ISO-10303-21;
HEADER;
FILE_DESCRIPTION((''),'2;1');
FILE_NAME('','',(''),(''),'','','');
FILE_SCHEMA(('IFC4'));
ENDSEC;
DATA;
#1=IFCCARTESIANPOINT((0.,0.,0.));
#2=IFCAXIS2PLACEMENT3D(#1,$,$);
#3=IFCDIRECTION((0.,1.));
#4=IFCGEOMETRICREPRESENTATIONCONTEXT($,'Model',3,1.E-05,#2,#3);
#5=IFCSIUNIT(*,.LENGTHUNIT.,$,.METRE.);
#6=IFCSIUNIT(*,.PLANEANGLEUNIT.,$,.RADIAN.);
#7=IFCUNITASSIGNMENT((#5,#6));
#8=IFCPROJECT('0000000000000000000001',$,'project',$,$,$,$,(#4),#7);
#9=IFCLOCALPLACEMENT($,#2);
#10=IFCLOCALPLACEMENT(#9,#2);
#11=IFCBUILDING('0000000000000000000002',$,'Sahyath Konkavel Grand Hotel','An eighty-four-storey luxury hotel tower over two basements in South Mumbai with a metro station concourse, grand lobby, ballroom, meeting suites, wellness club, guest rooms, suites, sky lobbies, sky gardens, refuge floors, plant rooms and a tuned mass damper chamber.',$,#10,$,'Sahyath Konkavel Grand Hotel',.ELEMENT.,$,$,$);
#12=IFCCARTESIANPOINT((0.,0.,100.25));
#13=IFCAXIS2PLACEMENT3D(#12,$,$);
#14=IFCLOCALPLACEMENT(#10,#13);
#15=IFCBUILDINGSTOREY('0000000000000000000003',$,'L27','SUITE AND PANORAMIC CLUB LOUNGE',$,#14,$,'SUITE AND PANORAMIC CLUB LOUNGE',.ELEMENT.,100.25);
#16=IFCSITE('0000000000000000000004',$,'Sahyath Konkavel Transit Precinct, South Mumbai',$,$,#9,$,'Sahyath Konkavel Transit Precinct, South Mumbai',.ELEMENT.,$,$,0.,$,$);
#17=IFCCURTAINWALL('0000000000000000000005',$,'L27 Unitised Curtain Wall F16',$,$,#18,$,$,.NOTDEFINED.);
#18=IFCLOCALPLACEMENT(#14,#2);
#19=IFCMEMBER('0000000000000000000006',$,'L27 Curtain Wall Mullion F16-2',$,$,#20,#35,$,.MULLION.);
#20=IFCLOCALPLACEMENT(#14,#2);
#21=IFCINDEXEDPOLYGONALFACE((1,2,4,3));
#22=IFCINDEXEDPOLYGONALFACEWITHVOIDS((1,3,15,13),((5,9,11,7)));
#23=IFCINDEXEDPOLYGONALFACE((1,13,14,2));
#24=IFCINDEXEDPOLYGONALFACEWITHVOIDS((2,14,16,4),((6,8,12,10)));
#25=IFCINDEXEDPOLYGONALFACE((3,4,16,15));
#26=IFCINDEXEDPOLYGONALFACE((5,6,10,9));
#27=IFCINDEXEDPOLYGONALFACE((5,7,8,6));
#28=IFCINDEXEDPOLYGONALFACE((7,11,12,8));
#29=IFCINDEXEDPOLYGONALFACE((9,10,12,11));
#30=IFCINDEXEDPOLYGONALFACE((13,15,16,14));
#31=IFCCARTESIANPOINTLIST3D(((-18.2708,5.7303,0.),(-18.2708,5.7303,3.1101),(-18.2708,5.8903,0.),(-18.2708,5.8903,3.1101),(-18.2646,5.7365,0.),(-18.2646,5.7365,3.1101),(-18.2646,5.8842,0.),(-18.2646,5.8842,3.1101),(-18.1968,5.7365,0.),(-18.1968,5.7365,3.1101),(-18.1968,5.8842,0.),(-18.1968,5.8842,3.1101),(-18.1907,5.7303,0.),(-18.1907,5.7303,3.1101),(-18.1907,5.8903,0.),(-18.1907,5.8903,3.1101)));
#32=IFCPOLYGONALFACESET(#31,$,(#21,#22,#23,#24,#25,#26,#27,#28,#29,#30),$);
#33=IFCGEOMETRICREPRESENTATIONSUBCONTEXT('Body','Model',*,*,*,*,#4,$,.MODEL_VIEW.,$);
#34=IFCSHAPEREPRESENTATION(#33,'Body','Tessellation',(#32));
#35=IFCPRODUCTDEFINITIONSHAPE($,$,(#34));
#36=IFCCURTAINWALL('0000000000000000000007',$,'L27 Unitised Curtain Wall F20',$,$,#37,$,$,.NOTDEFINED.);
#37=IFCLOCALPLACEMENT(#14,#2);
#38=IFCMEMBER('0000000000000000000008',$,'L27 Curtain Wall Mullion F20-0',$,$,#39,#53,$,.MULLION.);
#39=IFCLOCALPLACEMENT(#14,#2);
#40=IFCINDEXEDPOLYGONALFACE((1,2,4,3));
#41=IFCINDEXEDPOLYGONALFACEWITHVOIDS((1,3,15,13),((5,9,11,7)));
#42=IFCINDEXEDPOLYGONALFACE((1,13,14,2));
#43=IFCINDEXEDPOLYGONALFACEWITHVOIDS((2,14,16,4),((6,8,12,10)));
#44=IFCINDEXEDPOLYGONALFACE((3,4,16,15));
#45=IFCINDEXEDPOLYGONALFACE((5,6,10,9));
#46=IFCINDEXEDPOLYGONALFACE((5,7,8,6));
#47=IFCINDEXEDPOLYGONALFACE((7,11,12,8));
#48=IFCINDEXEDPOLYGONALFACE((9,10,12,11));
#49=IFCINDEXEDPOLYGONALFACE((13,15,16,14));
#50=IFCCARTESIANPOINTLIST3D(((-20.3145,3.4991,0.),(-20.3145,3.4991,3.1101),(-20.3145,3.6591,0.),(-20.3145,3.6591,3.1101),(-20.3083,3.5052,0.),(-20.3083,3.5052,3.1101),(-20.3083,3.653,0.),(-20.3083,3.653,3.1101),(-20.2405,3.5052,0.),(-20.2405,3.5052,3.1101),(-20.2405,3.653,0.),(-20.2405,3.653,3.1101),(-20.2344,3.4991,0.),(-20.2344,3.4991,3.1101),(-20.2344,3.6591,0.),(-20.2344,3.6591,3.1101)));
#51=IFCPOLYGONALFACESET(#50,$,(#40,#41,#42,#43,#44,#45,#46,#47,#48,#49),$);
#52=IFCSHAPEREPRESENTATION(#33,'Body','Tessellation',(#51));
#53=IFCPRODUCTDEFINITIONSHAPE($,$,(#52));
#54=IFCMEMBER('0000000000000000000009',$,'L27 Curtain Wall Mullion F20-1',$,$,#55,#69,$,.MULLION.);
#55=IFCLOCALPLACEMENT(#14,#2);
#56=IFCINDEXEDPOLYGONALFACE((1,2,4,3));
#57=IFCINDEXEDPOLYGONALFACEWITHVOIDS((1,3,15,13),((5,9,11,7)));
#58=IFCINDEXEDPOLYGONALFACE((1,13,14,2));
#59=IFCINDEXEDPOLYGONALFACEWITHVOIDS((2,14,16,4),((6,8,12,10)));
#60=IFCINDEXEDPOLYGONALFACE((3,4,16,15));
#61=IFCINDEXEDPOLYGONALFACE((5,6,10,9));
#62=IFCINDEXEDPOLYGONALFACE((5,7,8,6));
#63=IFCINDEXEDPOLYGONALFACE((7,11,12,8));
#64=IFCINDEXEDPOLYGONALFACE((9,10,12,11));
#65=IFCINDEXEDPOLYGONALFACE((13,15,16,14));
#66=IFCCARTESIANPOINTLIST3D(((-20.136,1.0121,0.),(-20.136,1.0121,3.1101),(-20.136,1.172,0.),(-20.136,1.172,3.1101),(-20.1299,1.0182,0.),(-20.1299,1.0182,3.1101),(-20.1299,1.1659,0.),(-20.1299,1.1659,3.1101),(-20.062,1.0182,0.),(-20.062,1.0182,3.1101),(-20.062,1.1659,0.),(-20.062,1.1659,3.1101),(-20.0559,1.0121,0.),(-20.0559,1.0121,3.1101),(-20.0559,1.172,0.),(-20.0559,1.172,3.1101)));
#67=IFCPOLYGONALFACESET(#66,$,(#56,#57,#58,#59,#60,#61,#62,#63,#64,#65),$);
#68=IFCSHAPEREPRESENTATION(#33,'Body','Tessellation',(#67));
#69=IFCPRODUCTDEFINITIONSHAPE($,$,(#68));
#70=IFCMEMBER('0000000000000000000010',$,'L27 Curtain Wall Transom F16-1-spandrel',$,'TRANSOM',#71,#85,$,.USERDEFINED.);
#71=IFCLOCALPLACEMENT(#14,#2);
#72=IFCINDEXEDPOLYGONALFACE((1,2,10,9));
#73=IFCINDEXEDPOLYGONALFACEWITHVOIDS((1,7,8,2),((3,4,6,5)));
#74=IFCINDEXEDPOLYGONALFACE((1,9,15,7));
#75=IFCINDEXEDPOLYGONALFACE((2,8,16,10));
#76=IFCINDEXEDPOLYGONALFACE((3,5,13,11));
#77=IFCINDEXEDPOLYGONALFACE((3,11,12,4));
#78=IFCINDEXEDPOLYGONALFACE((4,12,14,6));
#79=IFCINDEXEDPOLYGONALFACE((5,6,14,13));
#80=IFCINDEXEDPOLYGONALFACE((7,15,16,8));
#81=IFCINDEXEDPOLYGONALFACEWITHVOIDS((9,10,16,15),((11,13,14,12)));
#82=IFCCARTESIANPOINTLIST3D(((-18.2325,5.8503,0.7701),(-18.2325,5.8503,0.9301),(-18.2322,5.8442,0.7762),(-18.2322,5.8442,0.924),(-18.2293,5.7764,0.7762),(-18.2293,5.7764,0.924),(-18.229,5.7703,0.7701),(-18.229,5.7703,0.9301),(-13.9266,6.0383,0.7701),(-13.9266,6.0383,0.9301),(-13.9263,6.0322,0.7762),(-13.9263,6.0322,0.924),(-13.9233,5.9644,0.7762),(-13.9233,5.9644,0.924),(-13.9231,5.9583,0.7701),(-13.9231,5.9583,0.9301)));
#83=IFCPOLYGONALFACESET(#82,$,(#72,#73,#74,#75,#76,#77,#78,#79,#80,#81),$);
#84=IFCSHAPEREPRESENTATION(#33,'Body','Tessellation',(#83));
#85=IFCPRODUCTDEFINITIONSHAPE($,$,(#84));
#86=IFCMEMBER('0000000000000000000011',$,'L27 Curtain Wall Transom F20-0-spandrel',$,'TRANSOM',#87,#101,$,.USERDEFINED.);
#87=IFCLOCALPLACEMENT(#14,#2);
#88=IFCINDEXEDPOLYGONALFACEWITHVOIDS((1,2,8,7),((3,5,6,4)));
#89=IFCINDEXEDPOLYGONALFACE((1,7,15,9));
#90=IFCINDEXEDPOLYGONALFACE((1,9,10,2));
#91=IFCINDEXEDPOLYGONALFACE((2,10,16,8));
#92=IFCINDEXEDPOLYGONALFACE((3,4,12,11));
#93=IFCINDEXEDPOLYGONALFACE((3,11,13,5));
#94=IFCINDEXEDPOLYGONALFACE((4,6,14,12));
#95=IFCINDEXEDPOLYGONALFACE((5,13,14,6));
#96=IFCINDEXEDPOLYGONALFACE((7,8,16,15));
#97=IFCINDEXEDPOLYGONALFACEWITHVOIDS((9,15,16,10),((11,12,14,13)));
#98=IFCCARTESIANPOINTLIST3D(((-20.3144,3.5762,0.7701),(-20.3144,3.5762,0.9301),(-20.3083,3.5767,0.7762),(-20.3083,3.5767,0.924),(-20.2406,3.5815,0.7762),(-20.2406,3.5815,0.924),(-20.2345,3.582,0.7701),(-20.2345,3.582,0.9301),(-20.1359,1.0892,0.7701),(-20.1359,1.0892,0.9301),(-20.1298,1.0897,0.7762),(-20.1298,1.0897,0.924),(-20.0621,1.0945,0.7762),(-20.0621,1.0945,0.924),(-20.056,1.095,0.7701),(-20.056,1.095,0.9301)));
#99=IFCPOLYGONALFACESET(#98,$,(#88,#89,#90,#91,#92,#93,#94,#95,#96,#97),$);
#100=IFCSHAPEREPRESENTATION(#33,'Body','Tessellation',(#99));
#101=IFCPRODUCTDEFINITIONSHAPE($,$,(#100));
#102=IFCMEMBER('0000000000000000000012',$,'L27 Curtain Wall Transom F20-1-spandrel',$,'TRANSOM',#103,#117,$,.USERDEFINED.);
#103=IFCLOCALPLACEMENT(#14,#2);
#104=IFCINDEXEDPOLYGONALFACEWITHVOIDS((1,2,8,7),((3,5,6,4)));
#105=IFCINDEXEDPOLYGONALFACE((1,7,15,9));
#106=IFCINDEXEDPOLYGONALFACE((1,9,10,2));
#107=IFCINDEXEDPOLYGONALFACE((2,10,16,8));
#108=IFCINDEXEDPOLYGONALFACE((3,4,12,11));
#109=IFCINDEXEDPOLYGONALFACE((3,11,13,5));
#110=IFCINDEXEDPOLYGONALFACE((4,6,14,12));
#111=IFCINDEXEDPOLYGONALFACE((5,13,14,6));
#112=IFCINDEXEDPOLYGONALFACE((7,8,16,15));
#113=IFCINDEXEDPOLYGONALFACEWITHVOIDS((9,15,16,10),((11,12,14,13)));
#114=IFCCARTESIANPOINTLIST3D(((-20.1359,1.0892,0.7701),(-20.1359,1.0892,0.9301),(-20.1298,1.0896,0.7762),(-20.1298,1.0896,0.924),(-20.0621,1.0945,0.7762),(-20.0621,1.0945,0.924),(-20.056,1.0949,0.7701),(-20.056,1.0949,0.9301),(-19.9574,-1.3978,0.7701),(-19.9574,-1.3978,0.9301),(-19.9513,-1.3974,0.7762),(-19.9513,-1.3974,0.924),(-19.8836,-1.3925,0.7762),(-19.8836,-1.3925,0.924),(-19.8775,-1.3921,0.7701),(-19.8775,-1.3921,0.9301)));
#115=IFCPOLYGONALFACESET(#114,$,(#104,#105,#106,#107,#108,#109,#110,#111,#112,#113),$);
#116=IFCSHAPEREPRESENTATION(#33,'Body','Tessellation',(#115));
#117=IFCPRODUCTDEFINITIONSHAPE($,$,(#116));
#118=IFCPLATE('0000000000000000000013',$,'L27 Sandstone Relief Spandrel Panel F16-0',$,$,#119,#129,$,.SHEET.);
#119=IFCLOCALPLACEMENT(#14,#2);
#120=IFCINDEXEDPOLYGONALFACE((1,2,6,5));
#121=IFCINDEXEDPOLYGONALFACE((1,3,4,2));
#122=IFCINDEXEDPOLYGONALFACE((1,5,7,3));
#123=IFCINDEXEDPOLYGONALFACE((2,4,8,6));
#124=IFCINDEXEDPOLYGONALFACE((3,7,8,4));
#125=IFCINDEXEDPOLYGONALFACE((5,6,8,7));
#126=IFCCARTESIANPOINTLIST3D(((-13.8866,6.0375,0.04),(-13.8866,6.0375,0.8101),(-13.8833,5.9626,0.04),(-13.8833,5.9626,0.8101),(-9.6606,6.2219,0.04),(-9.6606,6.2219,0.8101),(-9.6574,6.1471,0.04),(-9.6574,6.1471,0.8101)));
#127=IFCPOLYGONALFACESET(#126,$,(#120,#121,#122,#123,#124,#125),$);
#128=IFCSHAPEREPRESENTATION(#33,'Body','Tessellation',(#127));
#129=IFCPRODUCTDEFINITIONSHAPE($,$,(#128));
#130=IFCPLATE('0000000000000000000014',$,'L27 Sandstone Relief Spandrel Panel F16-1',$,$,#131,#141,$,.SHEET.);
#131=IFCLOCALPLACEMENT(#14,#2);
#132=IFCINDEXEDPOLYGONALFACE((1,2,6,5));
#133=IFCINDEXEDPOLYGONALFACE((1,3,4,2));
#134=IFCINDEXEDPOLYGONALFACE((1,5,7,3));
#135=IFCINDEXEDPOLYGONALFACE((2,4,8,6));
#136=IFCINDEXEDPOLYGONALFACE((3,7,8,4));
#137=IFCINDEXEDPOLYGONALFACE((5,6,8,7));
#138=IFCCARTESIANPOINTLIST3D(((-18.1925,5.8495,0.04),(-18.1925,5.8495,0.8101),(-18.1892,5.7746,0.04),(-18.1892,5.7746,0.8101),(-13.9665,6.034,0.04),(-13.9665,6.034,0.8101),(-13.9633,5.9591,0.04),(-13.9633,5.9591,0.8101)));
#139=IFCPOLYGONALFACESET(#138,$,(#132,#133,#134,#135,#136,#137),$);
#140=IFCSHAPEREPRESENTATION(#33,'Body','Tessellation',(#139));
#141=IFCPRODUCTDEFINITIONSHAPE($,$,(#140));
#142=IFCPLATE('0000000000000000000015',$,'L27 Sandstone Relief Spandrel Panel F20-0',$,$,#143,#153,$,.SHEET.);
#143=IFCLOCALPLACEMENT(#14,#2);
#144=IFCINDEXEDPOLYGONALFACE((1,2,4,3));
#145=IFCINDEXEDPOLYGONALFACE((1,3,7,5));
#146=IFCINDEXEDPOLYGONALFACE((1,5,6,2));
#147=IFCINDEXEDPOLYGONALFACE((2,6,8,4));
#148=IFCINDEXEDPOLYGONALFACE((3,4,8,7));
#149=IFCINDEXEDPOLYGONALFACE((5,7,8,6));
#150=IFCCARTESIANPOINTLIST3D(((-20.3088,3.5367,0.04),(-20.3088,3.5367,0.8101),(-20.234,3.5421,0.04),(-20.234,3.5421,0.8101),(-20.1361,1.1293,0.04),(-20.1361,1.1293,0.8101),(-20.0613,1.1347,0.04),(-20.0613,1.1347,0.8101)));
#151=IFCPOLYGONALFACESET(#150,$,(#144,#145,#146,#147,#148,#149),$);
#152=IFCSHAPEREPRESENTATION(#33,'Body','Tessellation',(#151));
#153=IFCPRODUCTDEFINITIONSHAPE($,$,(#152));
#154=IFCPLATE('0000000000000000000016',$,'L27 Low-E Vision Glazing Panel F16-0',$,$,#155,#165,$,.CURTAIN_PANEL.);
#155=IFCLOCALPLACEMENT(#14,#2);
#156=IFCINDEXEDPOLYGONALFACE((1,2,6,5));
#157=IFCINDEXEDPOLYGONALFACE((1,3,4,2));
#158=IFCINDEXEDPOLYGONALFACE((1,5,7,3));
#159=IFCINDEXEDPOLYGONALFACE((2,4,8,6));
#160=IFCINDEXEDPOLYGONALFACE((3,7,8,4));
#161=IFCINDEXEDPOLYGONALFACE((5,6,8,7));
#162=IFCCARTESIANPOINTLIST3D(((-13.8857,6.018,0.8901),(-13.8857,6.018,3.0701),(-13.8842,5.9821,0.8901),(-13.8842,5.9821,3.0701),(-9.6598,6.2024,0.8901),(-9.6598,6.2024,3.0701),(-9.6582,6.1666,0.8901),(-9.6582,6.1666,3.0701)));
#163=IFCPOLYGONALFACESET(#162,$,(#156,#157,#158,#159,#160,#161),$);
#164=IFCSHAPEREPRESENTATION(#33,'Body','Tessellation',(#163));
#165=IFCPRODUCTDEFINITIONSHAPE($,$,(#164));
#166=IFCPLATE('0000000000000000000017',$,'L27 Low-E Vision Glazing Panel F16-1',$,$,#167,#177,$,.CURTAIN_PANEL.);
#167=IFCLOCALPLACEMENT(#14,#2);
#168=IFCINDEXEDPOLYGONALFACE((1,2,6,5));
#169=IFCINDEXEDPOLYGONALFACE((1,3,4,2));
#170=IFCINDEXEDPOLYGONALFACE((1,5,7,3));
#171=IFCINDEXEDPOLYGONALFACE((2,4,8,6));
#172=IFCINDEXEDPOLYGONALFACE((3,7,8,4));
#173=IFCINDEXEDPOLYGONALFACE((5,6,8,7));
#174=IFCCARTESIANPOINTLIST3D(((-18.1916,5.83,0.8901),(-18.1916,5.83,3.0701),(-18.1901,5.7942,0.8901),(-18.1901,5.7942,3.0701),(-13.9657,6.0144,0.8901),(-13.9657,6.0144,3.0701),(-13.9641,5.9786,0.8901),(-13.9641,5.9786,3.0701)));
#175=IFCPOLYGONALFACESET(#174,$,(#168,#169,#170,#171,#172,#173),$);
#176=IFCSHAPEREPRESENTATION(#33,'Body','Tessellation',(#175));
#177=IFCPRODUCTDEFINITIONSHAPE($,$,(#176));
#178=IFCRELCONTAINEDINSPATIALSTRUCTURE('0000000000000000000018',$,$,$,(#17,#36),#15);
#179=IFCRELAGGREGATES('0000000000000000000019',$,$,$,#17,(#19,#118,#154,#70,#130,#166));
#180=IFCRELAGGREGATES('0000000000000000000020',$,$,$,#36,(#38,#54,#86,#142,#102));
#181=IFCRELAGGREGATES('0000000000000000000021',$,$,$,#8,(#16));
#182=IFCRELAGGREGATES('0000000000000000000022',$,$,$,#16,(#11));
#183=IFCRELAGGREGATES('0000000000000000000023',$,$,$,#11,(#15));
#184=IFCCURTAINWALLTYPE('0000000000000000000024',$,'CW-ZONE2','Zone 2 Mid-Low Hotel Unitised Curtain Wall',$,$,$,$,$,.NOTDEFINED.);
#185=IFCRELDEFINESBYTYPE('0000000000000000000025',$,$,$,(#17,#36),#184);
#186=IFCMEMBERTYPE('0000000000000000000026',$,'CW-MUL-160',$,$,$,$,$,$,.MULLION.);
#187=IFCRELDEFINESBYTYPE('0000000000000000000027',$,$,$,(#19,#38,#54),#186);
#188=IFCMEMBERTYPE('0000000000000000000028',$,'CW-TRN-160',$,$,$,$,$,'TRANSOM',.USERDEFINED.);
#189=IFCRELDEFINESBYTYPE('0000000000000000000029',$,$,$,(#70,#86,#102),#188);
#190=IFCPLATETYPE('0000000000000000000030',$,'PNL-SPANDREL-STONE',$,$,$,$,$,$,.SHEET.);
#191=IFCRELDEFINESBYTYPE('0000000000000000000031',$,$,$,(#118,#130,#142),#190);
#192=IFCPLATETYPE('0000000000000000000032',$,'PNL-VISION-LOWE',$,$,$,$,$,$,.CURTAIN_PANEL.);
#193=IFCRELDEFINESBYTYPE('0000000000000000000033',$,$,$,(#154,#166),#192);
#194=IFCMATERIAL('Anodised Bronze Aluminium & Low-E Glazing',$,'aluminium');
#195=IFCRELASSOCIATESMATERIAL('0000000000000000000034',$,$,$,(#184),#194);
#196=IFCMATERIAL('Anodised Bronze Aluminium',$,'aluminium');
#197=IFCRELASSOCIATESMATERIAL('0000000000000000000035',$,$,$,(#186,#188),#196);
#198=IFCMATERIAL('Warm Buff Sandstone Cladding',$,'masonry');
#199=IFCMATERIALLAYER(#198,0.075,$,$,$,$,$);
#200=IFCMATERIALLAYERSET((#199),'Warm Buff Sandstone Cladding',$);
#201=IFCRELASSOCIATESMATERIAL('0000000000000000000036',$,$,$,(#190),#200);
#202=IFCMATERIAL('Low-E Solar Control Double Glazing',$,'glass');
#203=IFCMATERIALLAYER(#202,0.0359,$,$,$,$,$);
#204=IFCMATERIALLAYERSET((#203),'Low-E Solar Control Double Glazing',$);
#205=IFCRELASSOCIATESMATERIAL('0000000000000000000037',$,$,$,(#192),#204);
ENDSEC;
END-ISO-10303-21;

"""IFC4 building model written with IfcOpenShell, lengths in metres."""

from ifc_helpers import new_model, si_unit, direction, frame, origin, origin_2d, place, context, subcontext, project, spatial, rectangle, hollow_rectangle, extrude, source, transform, mapped, material, layer, layer_set, material_profile, profile_set, type_object, element, aggregate, save


model = new_model("IFC4")

# Units and contexts
model_context = context("Model", 3, precision=1e-05, world=origin(), true_north=direction((0.0, 1.0)))
body_context = subcontext(model_context, "Body", "Model", "MODEL_VIEW")
ifc_project = project(units=[si_unit("LENGTHUNIT", "METRE"), si_unit("PLANEANGLEUNIT", "RADIAN")], contexts=[model_context])

# Site, building, storey
site_placement = place(None, origin())
site = spatial("IfcSite", under=ifc_project, at=site_placement, Name="Sahyath Konkavel Transit Precinct, South Mumbai", LongName="Sahyath Konkavel Transit Precinct, South Mumbai", CompositionType="ELEMENT", RefElevation=0.0)
building_placement = place(site_placement, origin())
building = spatial("IfcBuilding", under=site, at=building_placement, Name="Sahyath Konkavel Grand Hotel", Description="An eighty-four-storey luxury hotel tower over two basements in South Mumbai with a metro station concourse, grand lobby, ballroom, meeting suites, wellness club, guest rooms, suites, sky lobbies, sky gardens, refuge floors, plant rooms and a tuned mass damper chamber.", LongName="Sahyath Konkavel Grand Hotel", CompositionType="ELEMENT")
storey_placement = place(building_placement, frame((0.0, 0.0, 100.25)))
storey = spatial("IfcBuildingStorey", under=building, at=storey_placement, Name="L27", Description="SUITE AND PANORAMIC CLUB LOUNGE", LongName="SUITE AND PANORAMIC CLUB LOUNGE", CompositionType="ELEMENT", Elevation=100.25)

# Curtain walls, members
ifc_material_1 = material(Name="Anodised Bronze Aluminium & Low-E Glazing", Category="aluminium")
curtain_wall_type = type_object("IfcCurtainWallType", Name="CW-ZONE2", Description="Zone 2 Mid-Low Hotel Unitised Curtain Wall", PredefinedType="NOTDEFINED", material=ifc_material_1)
curtain_wall_1_placement = place(storey_placement, origin())
curtain_wall_1 = element("IfcCurtainWall", 1, at=curtain_wall_1_placement, inside=storey, type_object=curtain_wall_type, Name="L27 Unitised Curtain Wall F16", PredefinedType="NOTDEFINED")
ifc_material_2 = material(Name="Anodised Bronze Aluminium", Category="aluminium")
ifc_material_profile_1 = material_profile(ifc_material_2, hollow_rectangle(XDim=0.0801, YDim=0.1599, WallThickness=0.0061, at=origin_2d()), Name="RHS 160x80x6")
ifc_profile_set_1 = profile_set([ifc_material_profile_1], Name="Anodised Bronze Aluminium")
member_type_1 = type_object("IfcMemberType", Name="CW-MUL-160", PredefinedType="MULLION", material=ifc_profile_set_1)
shared_shape_1 = source(origin(), body_context, "Body", "SweptSolid", [
    extrude(hollow_rectangle(XDim=0.0801, YDim=0.1599, WallThickness=0.0061, at=origin_2d()), origin(), (0.0, 0.0, 1.0), 3.1101),
])
member_1_placement = place(storey_placement, frame((-18.2307, 5.8103, 0.0), z_axis=(0.0, 0.0, 1.0), x_axis=(1.0, 0.0, 0.0)))
member_1 = element("IfcMember", 2, at=member_1_placement, type_object=member_type_1, Name="L27 Curtain Wall Mullion F16-2", PredefinedType="MULLION", context=body_context, shape_type="MappedRepresentation", body=[
    mapped(shared_shape_1, transform((0.0, 0.0, 0.0), scale=1.0)),
])
curtain_wall_2_placement = place(storey_placement, origin())
curtain_wall_2 = element("IfcCurtainWall", 3, at=curtain_wall_2_placement, inside=storey, type_object=curtain_wall_type, Name="L27 Unitised Curtain Wall F20", PredefinedType="NOTDEFINED")
member_2_placement = place(storey_placement, frame((-20.2744, 3.5791, 0.0), z_axis=(0.0, 0.0, 1.0), x_axis=(1.0, 0.0, 0.0)))
member_2 = element("IfcMember", 4, at=member_2_placement, type_object=member_type_1, Name="L27 Curtain Wall Mullion F20-0", PredefinedType="MULLION", context=body_context, shape_type="MappedRepresentation", body=[
    mapped(shared_shape_1, transform((0.0, 0.0, 0.0), scale=1.0)),
])
member_3_placement = place(storey_placement, frame((-20.0959, 1.092, 0.0), z_axis=(0.0, 0.0, 1.0), x_axis=(1.0, 0.0, 0.0)))
member_3 = element("IfcMember", 5, at=member_3_placement, type_object=member_type_1, Name="L27 Curtain Wall Mullion F20-1", PredefinedType="MULLION", context=body_context, shape_type="MappedRepresentation", body=[
    mapped(shared_shape_1, transform((0.0, 0.0, 0.0), scale=1.0)),
])

# Members
ifc_material_profile_2 = material_profile(ifc_material_2, hollow_rectangle(XDim=0.0801, YDim=0.1599, WallThickness=0.0061, at=origin_2d()), Name="RHS 160x80x6")
ifc_profile_set_2 = profile_set([ifc_material_profile_2], Name="Anodised Bronze Aluminium")
member_type_2 = type_object("IfcMemberType", Name="CW-TRN-160", ElementType="TRANSOM", PredefinedType="USERDEFINED", material=ifc_profile_set_2)
shared_shape_2 = source(origin(), body_context, "Body", "SweptSolid", [
    extrude(hollow_rectangle(XDim=0.0801, YDim=0.1599, WallThickness=0.0061, at=origin_2d()), origin(), (0.0, 0.0, 1.0), 4.3101),
])
member_4_placement = place(storey_placement, frame((-13.9248, 5.9983, 0.8501), z_axis=(-0.999048, -0.043617, 0.0), x_axis=(0.043617, -0.999048, 0.0)))
member_4 = element("IfcMember", 6, at=member_4_placement, type_object=member_type_2, Name="L27 Curtain Wall Transom F16-1-spandrel", ObjectType="TRANSOM", PredefinedType="USERDEFINED", context=body_context, shape_type="MappedRepresentation", body=[
    mapped(shared_shape_2, transform((0.0, 0.0, 0.0), scale=1.0)),
])
shared_shape_3 = source(origin(), body_context, "Body", "SweptSolid", [
    extrude(hollow_rectangle(XDim=0.0801, YDim=0.1599, WallThickness=0.0061, at=origin_2d()), origin(), (0.0, 0.0, 1.0), 2.4934),
])
member_5_placement = place(storey_placement, frame((-20.2744, 3.5791, 0.8501), z_axis=(0.071574, -0.997435, 0.0), x_axis=(0.997435, 0.071574, 0.0)))
member_5 = element("IfcMember", 7, at=member_5_placement, type_object=member_type_2, Name="L27 Curtain Wall Transom F20-0-spandrel", ObjectType="TRANSOM", PredefinedType="USERDEFINED", context=body_context, shape_type="MappedRepresentation", body=[
    mapped(shared_shape_3, transform((0.0, 0.0, 0.0), scale=1.0)),
])
member_6_placement = place(storey_placement, frame((-20.0959, 1.092, 0.8501), z_axis=(0.071574, -0.997435, 0.0), x_axis=(0.997435, 0.071574, 0.0)))
member_6 = element("IfcMember", 8, at=member_6_placement, type_object=member_type_2, Name="L27 Curtain Wall Transom F20-1-spandrel", ObjectType="TRANSOM", PredefinedType="USERDEFINED", context=body_context, shape_type="MappedRepresentation", body=[
    mapped(shared_shape_3, transform((0.0, 0.0, 0.0), scale=1.0)),
])

# Plates
ifc_material_3 = material(Name="Warm Buff Sandstone Cladding", Category="masonry")
ifc_layer_1 = layer(ifc_material_3, 0.075)
ifc_layer_set_1 = layer_set([ifc_layer_1], Name="Warm Buff Sandstone Cladding")
plate_type_1 = type_object("IfcPlateType", Name="PNL-SPANDREL-STONE", PredefinedType="SHEET", material=ifc_layer_set_1)
shared_shape_4 = source(origin(), body_context, "Body", "SweptSolid", [
    extrude(rectangle(XDim=4.23, YDim=0.075, at=origin_2d()), origin(), (0.0, 0.0, 1.0), 0.77),
])
plate_1_placement = place(storey_placement, frame((-11.772, 6.0923, 0.04), z_axis=(0.0, 0.0, 1.0), x_axis=(-0.999049, -0.043602, 0.0)))
plate_1 = element("IfcPlate", 9, at=plate_1_placement, type_object=plate_type_1, Name="L27 Sandstone Relief Spandrel Panel F16-0", PredefinedType="SHEET", context=body_context, shape_type="MappedRepresentation", body=[
    mapped(shared_shape_4, transform((0.0, 0.0, 0.0), scale=1.0)),
])
plate_2_placement = place(storey_placement, frame((-16.0779, 5.9043, 0.04), z_axis=(0.0, 0.0, 1.0), x_axis=(-0.999049, -0.043602, 0.0)))
plate_2 = element("IfcPlate", 10, at=plate_2_placement, type_object=plate_type_1, Name="L27 Sandstone Relief Spandrel Panel F16-1", PredefinedType="SHEET", context=body_context, shape_type="MappedRepresentation", body=[
    mapped(shared_shape_4, transform((0.0, 0.0, 0.0), scale=1.0)),
])
shared_shape_5 = source(origin(), body_context, "Body", "SweptSolid", [
    extrude(rectangle(XDim=2.4136, YDim=0.075, at=origin_2d()), origin(), (0.0, 0.0, 1.0), 0.77),
])
plate_3_placement = place(storey_placement, frame((-20.1851, 2.3357, 0.04), z_axis=(0.0, 0.0, 1.0), x_axis=(0.071567, -0.997436, 0.0)))
plate_3 = element("IfcPlate", 11, at=plate_3_placement, type_object=plate_type_1, Name="L27 Sandstone Relief Spandrel Panel F20-0", PredefinedType="SHEET", context=body_context, shape_type="MappedRepresentation", body=[
    mapped(shared_shape_5, transform((0.0, 0.0, 0.0), scale=1.0)),
])
ifc_material_4 = material(Name="Low-E Solar Control Double Glazing", Category="glass")
ifc_layer_2 = layer(ifc_material_4, 0.0359)
ifc_layer_set_2 = layer_set([ifc_layer_2], Name="Low-E Solar Control Double Glazing")
plate_type_2 = type_object("IfcPlateType", Name="PNL-VISION-LOWE", PredefinedType="CURTAIN_PANEL", material=ifc_layer_set_2)
shared_shape_6 = source(origin(), body_context, "Body", "SweptSolid", [
    extrude(rectangle(XDim=4.23, YDim=0.0359, at=origin_2d()), origin(), (0.0, 0.0, 1.0), 2.1799),
])
plate_4_placement = place(storey_placement, frame((-11.772, 6.0923, 0.8901), z_axis=(0.0, 0.0, 1.0), x_axis=(-0.999049, -0.043602, 0.0)))
plate_4 = element("IfcPlate", 12, at=plate_4_placement, type_object=plate_type_2, Name="L27 Low-E Vision Glazing Panel F16-0", PredefinedType="CURTAIN_PANEL", context=body_context, shape_type="MappedRepresentation", body=[
    mapped(shared_shape_6, transform((0.0, 0.0, 0.0), scale=1.0)),
])
plate_5_placement = place(storey_placement, frame((-16.0779, 5.9043, 0.8901), z_axis=(0.0, 0.0, 1.0), x_axis=(-0.999049, -0.043602, 0.0)))
plate_5 = element("IfcPlate", 13, at=plate_5_placement, type_object=plate_type_2, Name="L27 Low-E Vision Glazing Panel F16-1", PredefinedType="CURTAIN_PANEL", context=body_context, shape_type="MappedRepresentation", body=[
    mapped(shared_shape_6, transform((0.0, 0.0, 0.0), scale=1.0)),
])
aggregate(curtain_wall_1, [member_1, plate_1, plate_4, member_4, plate_2, plate_5])
aggregate(curtain_wall_2, [member_2, member_3, member_5, plate_3, member_6])

save(model, "model.ifc")
